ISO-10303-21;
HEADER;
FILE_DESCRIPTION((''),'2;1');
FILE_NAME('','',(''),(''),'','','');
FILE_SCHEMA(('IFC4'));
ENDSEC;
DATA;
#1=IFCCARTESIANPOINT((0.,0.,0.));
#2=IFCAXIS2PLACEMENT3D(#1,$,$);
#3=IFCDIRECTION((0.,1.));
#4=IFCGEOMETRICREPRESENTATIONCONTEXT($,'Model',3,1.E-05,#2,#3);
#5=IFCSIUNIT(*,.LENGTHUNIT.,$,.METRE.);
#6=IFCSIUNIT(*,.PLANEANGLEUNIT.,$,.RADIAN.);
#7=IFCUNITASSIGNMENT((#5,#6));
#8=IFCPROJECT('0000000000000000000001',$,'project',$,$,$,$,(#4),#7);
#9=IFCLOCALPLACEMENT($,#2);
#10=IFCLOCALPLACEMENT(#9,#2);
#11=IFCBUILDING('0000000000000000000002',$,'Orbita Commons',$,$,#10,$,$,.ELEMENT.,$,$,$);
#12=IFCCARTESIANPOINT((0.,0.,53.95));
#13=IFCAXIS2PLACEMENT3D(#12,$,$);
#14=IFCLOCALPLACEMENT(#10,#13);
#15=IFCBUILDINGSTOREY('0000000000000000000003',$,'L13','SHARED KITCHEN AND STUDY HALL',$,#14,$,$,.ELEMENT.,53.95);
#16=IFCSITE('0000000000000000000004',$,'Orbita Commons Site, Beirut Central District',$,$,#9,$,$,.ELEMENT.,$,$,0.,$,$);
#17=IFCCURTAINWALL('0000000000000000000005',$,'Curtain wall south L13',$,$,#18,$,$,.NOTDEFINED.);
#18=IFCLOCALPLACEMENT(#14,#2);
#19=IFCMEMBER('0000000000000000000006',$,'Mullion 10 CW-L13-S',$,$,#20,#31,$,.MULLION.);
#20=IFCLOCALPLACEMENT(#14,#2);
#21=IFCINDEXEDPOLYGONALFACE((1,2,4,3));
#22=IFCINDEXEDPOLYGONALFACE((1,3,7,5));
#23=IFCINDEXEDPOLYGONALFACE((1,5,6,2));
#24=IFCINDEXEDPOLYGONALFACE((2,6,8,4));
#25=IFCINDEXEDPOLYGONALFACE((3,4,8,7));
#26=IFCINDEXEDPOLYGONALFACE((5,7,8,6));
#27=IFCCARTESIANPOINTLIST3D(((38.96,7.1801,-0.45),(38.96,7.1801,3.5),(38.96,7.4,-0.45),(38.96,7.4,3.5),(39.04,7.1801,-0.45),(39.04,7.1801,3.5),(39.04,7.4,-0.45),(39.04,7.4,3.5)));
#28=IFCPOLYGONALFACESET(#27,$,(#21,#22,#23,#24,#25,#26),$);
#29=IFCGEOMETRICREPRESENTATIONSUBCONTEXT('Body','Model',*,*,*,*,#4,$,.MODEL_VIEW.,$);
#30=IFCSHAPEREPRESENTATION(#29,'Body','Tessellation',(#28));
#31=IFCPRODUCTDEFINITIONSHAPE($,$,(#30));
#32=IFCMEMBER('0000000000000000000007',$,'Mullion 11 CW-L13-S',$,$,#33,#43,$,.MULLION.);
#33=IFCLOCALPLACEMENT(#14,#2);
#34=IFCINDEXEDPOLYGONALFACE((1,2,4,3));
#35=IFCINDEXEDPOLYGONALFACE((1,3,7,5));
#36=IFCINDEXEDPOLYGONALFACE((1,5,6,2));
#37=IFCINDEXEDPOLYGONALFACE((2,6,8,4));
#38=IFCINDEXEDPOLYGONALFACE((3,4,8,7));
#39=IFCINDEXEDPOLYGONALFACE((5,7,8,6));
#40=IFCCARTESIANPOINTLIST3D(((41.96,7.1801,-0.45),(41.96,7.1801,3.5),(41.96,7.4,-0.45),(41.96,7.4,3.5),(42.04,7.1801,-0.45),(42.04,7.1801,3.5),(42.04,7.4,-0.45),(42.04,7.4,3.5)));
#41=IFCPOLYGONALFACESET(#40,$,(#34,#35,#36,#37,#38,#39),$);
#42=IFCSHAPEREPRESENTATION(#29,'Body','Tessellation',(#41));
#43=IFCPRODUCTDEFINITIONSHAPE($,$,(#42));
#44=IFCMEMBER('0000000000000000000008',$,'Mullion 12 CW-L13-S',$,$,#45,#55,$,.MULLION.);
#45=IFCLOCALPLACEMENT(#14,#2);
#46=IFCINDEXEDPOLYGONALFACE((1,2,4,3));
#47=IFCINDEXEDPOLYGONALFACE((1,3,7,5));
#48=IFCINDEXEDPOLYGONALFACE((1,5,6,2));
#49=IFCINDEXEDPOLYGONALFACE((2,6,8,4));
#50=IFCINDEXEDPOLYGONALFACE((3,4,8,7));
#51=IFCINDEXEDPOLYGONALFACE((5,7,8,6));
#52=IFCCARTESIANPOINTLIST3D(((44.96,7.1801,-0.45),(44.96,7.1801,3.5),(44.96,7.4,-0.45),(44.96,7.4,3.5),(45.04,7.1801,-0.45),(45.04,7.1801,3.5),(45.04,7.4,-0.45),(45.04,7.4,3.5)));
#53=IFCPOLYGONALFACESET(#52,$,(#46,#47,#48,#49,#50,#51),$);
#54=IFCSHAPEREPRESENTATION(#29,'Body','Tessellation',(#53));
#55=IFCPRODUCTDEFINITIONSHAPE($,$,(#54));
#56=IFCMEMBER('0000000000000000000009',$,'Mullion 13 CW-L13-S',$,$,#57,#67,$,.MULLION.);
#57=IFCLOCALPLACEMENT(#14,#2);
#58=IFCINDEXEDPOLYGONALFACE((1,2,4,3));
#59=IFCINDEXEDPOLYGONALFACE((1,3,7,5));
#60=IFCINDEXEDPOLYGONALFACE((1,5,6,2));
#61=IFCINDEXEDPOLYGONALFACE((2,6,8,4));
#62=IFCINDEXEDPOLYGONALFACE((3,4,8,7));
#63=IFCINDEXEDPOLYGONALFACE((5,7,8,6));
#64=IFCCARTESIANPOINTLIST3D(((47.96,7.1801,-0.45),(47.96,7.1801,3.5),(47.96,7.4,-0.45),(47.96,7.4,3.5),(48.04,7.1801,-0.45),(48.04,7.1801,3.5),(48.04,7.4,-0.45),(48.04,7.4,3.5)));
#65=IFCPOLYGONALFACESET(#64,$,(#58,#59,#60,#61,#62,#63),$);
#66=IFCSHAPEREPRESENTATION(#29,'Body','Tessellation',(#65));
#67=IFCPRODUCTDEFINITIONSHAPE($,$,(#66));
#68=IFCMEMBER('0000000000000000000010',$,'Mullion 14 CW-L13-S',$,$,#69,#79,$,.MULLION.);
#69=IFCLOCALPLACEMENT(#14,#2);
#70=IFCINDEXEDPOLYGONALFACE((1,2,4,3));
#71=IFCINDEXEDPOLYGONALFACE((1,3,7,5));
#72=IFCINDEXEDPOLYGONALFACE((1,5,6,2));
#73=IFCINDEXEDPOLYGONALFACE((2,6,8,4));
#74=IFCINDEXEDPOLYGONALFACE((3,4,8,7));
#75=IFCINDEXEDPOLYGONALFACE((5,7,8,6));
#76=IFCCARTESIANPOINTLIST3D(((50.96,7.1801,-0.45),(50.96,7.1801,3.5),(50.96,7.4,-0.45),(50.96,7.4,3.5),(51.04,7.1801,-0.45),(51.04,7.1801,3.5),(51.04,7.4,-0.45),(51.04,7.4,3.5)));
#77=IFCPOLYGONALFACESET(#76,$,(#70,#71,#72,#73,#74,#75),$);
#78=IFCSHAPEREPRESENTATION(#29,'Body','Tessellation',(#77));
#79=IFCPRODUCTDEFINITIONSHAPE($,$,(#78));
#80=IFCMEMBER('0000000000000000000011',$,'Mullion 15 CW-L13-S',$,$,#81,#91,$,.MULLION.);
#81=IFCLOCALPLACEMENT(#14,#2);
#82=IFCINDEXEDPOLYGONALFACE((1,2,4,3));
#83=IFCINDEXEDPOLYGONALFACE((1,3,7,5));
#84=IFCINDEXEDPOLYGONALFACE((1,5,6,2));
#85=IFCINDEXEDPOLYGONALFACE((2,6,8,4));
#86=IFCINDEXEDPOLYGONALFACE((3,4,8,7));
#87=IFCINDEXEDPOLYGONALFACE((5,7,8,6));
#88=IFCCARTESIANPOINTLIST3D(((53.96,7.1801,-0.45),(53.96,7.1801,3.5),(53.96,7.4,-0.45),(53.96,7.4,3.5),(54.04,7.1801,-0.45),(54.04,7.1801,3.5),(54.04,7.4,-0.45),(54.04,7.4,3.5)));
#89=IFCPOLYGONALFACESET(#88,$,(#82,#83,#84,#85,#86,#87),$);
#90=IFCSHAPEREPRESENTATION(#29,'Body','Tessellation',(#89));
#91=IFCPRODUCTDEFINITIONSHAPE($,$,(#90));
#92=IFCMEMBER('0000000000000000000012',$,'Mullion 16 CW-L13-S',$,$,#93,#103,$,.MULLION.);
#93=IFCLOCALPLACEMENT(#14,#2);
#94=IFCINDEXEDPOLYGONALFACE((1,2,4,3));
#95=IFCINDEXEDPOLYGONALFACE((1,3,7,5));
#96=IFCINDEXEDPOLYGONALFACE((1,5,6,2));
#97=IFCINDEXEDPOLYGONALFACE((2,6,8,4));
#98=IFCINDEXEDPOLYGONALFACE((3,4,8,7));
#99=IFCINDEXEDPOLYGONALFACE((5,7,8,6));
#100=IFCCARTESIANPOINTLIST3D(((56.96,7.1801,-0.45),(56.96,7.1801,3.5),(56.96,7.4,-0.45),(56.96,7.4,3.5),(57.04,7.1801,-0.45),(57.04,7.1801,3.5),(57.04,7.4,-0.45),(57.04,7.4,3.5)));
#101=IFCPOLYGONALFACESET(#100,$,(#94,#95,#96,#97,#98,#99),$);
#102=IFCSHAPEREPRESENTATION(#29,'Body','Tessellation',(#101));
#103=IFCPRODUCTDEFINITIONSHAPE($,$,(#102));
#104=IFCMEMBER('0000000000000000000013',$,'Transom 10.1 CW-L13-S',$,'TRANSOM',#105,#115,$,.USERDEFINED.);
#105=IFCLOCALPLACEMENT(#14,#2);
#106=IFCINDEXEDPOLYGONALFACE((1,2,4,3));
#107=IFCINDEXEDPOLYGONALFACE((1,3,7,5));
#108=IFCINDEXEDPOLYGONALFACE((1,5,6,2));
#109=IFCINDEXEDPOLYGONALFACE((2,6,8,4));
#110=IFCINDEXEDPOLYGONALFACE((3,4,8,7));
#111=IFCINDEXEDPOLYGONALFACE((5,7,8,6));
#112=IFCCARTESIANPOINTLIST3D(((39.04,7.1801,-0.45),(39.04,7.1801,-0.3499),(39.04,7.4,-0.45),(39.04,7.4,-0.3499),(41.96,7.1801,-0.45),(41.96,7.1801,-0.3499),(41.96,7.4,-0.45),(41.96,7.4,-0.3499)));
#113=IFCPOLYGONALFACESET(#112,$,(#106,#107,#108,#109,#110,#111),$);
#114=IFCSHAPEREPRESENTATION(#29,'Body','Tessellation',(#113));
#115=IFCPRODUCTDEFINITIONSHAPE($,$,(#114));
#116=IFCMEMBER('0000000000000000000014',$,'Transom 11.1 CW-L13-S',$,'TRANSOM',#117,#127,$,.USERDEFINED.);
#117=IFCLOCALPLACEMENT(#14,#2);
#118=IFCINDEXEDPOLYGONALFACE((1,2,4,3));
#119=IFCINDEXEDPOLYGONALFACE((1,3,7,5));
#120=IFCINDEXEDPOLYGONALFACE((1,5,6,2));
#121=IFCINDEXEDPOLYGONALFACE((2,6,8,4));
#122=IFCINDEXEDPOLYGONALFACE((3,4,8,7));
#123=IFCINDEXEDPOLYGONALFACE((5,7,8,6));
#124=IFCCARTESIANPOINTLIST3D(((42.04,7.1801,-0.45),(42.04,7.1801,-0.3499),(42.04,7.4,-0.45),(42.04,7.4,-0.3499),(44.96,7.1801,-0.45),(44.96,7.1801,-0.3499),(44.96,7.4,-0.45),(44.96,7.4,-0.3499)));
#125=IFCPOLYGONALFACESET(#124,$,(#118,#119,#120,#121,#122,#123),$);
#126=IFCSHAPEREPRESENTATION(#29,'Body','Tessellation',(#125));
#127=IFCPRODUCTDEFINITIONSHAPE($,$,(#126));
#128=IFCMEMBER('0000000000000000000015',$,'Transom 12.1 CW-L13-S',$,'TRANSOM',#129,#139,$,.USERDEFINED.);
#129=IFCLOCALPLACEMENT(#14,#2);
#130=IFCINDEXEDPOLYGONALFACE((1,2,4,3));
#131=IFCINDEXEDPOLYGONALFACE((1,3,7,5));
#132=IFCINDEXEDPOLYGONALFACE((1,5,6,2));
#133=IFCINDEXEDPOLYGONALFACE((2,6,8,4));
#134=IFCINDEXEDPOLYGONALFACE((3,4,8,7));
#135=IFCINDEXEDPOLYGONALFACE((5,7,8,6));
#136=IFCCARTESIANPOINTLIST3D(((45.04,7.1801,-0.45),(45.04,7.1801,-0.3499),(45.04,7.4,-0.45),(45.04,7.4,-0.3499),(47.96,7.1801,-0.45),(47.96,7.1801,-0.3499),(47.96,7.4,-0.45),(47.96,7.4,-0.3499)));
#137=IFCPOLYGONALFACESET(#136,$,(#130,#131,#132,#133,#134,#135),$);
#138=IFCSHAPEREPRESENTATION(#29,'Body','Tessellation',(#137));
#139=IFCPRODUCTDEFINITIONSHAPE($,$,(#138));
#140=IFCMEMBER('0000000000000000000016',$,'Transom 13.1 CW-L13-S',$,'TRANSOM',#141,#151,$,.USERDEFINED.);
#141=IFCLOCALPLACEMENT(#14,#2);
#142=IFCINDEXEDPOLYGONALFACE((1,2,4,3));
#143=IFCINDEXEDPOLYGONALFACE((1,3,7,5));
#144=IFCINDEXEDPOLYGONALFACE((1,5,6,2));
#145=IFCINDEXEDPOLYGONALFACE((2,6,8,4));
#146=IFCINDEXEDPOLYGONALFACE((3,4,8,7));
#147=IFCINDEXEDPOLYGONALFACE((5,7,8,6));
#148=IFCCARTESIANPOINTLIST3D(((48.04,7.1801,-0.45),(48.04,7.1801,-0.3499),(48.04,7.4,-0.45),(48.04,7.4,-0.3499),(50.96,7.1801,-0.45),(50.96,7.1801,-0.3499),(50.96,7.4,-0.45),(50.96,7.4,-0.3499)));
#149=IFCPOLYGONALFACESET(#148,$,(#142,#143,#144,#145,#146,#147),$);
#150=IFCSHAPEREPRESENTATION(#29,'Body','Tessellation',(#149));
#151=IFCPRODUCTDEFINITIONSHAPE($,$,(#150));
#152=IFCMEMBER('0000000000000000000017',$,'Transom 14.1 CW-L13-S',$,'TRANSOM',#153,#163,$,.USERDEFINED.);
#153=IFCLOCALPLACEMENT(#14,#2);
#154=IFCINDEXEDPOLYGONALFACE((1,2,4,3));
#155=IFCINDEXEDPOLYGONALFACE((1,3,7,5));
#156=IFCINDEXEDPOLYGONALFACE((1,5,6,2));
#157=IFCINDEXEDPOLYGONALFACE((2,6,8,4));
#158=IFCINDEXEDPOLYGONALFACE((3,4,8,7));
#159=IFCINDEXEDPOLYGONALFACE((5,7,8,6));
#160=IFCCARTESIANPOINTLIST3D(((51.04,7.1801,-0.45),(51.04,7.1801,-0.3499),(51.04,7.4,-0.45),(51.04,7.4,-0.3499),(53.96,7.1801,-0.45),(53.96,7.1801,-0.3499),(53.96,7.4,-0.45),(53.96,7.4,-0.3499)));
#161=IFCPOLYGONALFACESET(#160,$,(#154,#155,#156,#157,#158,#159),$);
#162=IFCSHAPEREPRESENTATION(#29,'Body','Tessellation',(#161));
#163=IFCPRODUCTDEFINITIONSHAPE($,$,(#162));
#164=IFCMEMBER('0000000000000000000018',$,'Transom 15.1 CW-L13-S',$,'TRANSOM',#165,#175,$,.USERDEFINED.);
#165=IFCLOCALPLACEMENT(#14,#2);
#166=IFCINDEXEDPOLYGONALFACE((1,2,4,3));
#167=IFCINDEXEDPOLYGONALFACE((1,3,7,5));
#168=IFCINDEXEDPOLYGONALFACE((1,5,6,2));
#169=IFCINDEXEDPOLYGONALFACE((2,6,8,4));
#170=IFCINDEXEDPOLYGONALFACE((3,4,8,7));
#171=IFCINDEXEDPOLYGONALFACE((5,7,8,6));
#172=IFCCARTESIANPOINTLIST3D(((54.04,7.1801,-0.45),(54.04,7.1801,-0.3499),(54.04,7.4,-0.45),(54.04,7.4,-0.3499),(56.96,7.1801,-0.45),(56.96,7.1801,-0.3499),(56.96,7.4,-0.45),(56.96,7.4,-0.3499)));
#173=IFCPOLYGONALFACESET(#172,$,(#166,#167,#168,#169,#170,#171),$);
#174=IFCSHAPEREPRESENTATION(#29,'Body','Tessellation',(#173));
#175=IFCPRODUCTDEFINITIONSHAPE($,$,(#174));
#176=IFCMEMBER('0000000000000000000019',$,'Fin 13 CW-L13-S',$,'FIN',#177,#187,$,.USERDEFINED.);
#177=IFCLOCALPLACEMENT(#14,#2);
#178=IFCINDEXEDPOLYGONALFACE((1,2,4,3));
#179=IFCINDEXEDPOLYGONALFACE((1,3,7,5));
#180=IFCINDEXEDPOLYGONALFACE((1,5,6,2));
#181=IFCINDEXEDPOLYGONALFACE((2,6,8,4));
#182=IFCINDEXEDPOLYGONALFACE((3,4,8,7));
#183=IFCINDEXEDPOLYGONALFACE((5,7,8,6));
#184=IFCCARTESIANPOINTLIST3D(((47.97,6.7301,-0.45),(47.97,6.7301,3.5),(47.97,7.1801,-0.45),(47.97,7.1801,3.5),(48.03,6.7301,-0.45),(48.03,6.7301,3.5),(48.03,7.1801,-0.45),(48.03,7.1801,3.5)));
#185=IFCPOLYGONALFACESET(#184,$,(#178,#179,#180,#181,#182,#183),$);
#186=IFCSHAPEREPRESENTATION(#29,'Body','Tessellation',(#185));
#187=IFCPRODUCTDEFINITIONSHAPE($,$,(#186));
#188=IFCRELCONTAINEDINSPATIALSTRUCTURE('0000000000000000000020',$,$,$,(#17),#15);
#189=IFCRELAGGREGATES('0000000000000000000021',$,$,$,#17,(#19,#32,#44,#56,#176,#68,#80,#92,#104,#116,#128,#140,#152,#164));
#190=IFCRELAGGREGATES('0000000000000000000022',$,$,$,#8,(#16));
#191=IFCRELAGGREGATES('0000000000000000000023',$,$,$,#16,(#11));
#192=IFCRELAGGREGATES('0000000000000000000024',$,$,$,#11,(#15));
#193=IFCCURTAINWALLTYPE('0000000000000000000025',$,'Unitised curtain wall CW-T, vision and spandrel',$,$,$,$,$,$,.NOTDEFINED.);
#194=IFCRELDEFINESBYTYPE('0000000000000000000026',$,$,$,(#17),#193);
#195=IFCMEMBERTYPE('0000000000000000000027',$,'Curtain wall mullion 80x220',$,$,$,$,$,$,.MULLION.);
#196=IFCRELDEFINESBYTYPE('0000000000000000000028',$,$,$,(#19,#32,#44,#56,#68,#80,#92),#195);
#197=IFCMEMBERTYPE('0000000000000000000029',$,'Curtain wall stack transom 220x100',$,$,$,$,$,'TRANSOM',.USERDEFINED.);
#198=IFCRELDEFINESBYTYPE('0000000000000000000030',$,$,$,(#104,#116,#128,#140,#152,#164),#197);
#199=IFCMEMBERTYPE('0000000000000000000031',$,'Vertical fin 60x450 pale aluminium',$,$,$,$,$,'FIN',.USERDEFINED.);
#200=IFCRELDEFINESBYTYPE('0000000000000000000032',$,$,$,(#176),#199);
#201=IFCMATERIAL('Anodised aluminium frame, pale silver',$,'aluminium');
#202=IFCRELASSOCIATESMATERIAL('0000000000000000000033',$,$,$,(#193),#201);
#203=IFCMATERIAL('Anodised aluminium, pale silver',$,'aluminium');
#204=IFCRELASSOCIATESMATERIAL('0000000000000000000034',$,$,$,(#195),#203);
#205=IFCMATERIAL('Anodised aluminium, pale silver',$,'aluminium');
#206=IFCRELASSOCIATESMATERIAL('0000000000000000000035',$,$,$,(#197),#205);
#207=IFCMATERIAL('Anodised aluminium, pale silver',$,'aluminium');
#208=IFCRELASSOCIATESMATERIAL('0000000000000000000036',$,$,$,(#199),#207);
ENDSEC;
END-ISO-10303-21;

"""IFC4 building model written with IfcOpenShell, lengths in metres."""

from ifc_helpers import new_model, si_unit, direction, frame, origin, origin_2d, place, context, subcontext, project, spatial, rectangle, extrude, material, material_profile, profile_set, type_object, element, aggregate, save


model = new_model("IFC4")

# Units and contexts
model_context = context("Model", 3, precision=1e-05, world=origin(), true_north=direction((0.0, 1.0)))
body_context = subcontext(model_context, "Body", "Model", "MODEL_VIEW")
ifc_project = project(units=[si_unit("LENGTHUNIT", "METRE"), si_unit("PLANEANGLEUNIT", "RADIAN")], contexts=[model_context])

# Site, building, storey
site_placement = place(None, origin())
site = spatial("IfcSite", under=ifc_project, at=site_placement, Name="Orbita Commons Site, Beirut Central District", CompositionType="ELEMENT", RefElevation=0.0)
building_placement = place(site_placement, origin())
building = spatial("IfcBuilding", under=site, at=building_placement, Name="Orbita Commons", CompositionType="ELEMENT")
storey_placement = place(building_placement, frame((0.0, 0.0, 53.95)))
storey = spatial("IfcBuildingStorey", under=building, at=storey_placement, Name="L13", Description="SHARED KITCHEN AND STUDY HALL", CompositionType="ELEMENT", Elevation=53.95)

# Curtain wall, members
ifc_material_1 = material(Name="Anodised aluminium frame, pale silver", Category="aluminium")
curtain_wall_type = type_object("IfcCurtainWallType", Name="Unitised curtain wall CW-T, vision and spandrel", PredefinedType="NOTDEFINED", material=ifc_material_1)
curtain_wall_placement = place(storey_placement, origin())
curtain_wall = element("IfcCurtainWall", 1, at=curtain_wall_placement, inside=storey, type_object=curtain_wall_type, Name="Curtain wall south L13", PredefinedType="NOTDEFINED")
ifc_material_2 = material(Name="Anodised aluminium, pale silver", Category="aluminium")
ifc_material_profile_1 = material_profile(ifc_material_2, rectangle(XDim=0.0801, YDim=0.22, at=origin_2d()), Name="AL 80x220")
ifc_profile_set_1 = profile_set([ifc_material_profile_1], Name="Anodised aluminium, pale silver")
member_type_1 = type_object("IfcMemberType", Name="Curtain wall mullion 80x220", PredefinedType="MULLION", material=ifc_profile_set_1)
member_1_placement = place(storey_placement, frame((39.0, 7.29, -0.45), z_axis=(0.0, 0.0, 1.0), x_axis=(1.0, 0.0, 0.0)))
member_1 = element("IfcMember", 2, at=member_1_placement, type_object=member_type_1, Name="Mullion 10 CW-L13-S", PredefinedType="MULLION", context=body_context, shape_type="SweptSolid", body=[
    extrude(rectangle(XDim=0.0801, YDim=0.22, at=origin_2d()), origin(), (0.0, 0.0, 1.0), 3.95),
])
member_2_placement = place(storey_placement, frame((42.0, 7.29, -0.45), z_axis=(0.0, 0.0, 1.0), x_axis=(1.0, 0.0, 0.0)))
member_2 = element("IfcMember", 3, at=member_2_placement, type_object=member_type_1, Name="Mullion 11 CW-L13-S", PredefinedType="MULLION", context=body_context, shape_type="SweptSolid", body=[
    extrude(rectangle(XDim=0.0801, YDim=0.22, at=origin_2d()), origin(), (0.0, 0.0, 1.0), 3.95),
])
member_3_placement = place(storey_placement, frame((45.0, 7.29, -0.45), z_axis=(0.0, 0.0, 1.0), x_axis=(1.0, 0.0, 0.0)))
member_3 = element("IfcMember", 4, at=member_3_placement, type_object=member_type_1, Name="Mullion 12 CW-L13-S", PredefinedType="MULLION", context=body_context, shape_type="SweptSolid", body=[
    extrude(rectangle(XDim=0.0801, YDim=0.22, at=origin_2d()), origin(), (0.0, 0.0, 1.0), 3.95),
])
member_4_placement = place(storey_placement, frame((48.0, 7.29, -0.45), z_axis=(0.0, 0.0, 1.0), x_axis=(1.0, 0.0, 0.0)))
member_4 = element("IfcMember", 5, at=member_4_placement, type_object=member_type_1, Name="Mullion 13 CW-L13-S", PredefinedType="MULLION", context=body_context, shape_type="SweptSolid", body=[
    extrude(rectangle(XDim=0.0801, YDim=0.22, at=origin_2d()), origin(), (0.0, 0.0, 1.0), 3.95),
])
member_5_placement = place(storey_placement, frame((51.0, 7.29, -0.45), z_axis=(0.0, 0.0, 1.0), x_axis=(1.0, 0.0, 0.0)))
member_5 = element("IfcMember", 6, at=member_5_placement, type_object=member_type_1, Name="Mullion 14 CW-L13-S", PredefinedType="MULLION", context=body_context, shape_type="SweptSolid", body=[
    extrude(rectangle(XDim=0.0801, YDim=0.22, at=origin_2d()), origin(), (0.0, 0.0, 1.0), 3.95),
])
member_6_placement = place(storey_placement, frame((54.0, 7.29, -0.45), z_axis=(0.0, 0.0, 1.0), x_axis=(1.0, 0.0, 0.0)))
member_6 = element("IfcMember", 7, at=member_6_placement, type_object=member_type_1, Name="Mullion 15 CW-L13-S", PredefinedType="MULLION", context=body_context, shape_type="SweptSolid", body=[
    extrude(rectangle(XDim=0.0801, YDim=0.22, at=origin_2d()), origin(), (0.0, 0.0, 1.0), 3.95),
])
member_7_placement = place(storey_placement, frame((57.0, 7.29, -0.45), z_axis=(0.0, 0.0, 1.0), x_axis=(1.0, 0.0, 0.0)))
member_7 = element("IfcMember", 8, at=member_7_placement, type_object=member_type_1, Name="Mullion 16 CW-L13-S", PredefinedType="MULLION", context=body_context, shape_type="SweptSolid", body=[
    extrude(rectangle(XDim=0.0801, YDim=0.22, at=origin_2d()), origin(), (0.0, 0.0, 1.0), 3.95),
])
ifc_material_3 = material(Name="Anodised aluminium, pale silver", Category="aluminium")
ifc_material_profile_2 = material_profile(ifc_material_3, rectangle(XDim=0.22, YDim=0.1001, at=origin_2d()), Name="AL 220x100")
ifc_profile_set_2 = profile_set([ifc_material_profile_2], Name="Anodised aluminium, pale silver")
member_type_2 = type_object("IfcMemberType", Name="Curtain wall stack transom 220x100", ElementType="TRANSOM", PredefinedType="USERDEFINED", material=ifc_profile_set_2)
member_8_placement = place(storey_placement, frame((39.04, 7.29, -0.3999), z_axis=(1.0, 0.0, 0.0), x_axis=(0.0, 1.0, 0.0)))
member_8 = element("IfcMember", 9, at=member_8_placement, type_object=member_type_2, Name="Transom 10.1 CW-L13-S", ObjectType="TRANSOM", PredefinedType="USERDEFINED", context=body_context, shape_type="SweptSolid", body=[
    extrude(rectangle(XDim=0.22, YDim=0.1001, at=origin_2d()), origin(), (0.0, 0.0, 1.0), 2.9199),
])
member_9_placement = place(storey_placement, frame((42.04, 7.29, -0.3999), z_axis=(1.0, 0.0, 0.0), x_axis=(0.0, 1.0, 0.0)))
member_9 = element("IfcMember", 10, at=member_9_placement, type_object=member_type_2, Name="Transom 11.1 CW-L13-S", ObjectType="TRANSOM", PredefinedType="USERDEFINED", context=body_context, shape_type="SweptSolid", body=[
    extrude(rectangle(XDim=0.22, YDim=0.1001, at=origin_2d()), origin(), (0.0, 0.0, 1.0), 2.9199),
])
member_10_placement = place(storey_placement, frame((45.04, 7.29, -0.3999), z_axis=(1.0, 0.0, 0.0), x_axis=(0.0, 1.0, 0.0)))
member_10 = element("IfcMember", 11, at=member_10_placement, type_object=member_type_2, Name="Transom 12.1 CW-L13-S", ObjectType="TRANSOM", PredefinedType="USERDEFINED", context=body_context, shape_type="SweptSolid", body=[
    extrude(rectangle(XDim=0.22, YDim=0.1001, at=origin_2d()), origin(), (0.0, 0.0, 1.0), 2.9199),
])
member_11_placement = place(storey_placement, frame((48.04, 7.29, -0.3999), z_axis=(1.0, 0.0, 0.0), x_axis=(0.0, 1.0, 0.0)))
member_11 = element("IfcMember", 12, at=member_11_placement, type_object=member_type_2, Name="Transom 13.1 CW-L13-S", ObjectType="TRANSOM", PredefinedType="USERDEFINED", context=body_context, shape_type="SweptSolid", body=[
    extrude(rectangle(XDim=0.22, YDim=0.1001, at=origin_2d()), origin(), (0.0, 0.0, 1.0), 2.9199),
])
member_12_placement = place(storey_placement, frame((51.04, 7.29, -0.3999), z_axis=(1.0, 0.0, 0.0), x_axis=(0.0, 1.0, 0.0)))
member_12 = element("IfcMember", 13, at=member_12_placement, type_object=member_type_2, Name="Transom 14.1 CW-L13-S", ObjectType="TRANSOM", PredefinedType="USERDEFINED", context=body_context, shape_type="SweptSolid", body=[
    extrude(rectangle(XDim=0.22, YDim=0.1001, at=origin_2d()), origin(), (0.0, 0.0, 1.0), 2.9199),
])
member_13_placement = place(storey_placement, frame((54.04, 7.29, -0.3999), z_axis=(1.0, 0.0, 0.0), x_axis=(0.0, 1.0, 0.0)))
member_13 = element("IfcMember", 14, at=member_13_placement, type_object=member_type_2, Name="Transom 15.1 CW-L13-S", ObjectType="TRANSOM", PredefinedType="USERDEFINED", context=body_context, shape_type="SweptSolid", body=[
    extrude(rectangle(XDim=0.22, YDim=0.1001, at=origin_2d()), origin(), (0.0, 0.0, 1.0), 2.9199),
])
ifc_material_4 = material(Name="Anodised aluminium, pale silver", Category="aluminium")
ifc_material_profile_3 = material_profile(ifc_material_4, rectangle(XDim=0.0601, YDim=0.45, at=origin_2d()), Name="FIN 60x450")
ifc_profile_set_3 = profile_set([ifc_material_profile_3], Name="Anodised aluminium, pale silver")
member_type_3 = type_object("IfcMemberType", Name="Vertical fin 60x450 pale aluminium", ElementType="FIN", PredefinedType="USERDEFINED", material=ifc_profile_set_3)
member_14_placement = place(storey_placement, frame((48.0, 6.9551, -0.45), z_axis=(0.0, 0.0, 1.0), x_axis=(1.0, 0.0, 0.0)))
member_14 = element("IfcMember", 15, at=member_14_placement, type_object=member_type_3, Name="Fin 13 CW-L13-S", ObjectType="FIN", PredefinedType="USERDEFINED", context=body_context, shape_type="SweptSolid", body=[
    extrude(rectangle(XDim=0.0601, YDim=0.45, at=origin_2d()), origin(), (0.0, 0.0, 1.0), 3.95),
])
aggregate(curtain_wall, [member_1, member_2, member_3, member_4, member_14, member_5, member_6, member_7, member_8, member_9, member_10, member_11, member_12, member_13])

save(model, "model.ifc")
